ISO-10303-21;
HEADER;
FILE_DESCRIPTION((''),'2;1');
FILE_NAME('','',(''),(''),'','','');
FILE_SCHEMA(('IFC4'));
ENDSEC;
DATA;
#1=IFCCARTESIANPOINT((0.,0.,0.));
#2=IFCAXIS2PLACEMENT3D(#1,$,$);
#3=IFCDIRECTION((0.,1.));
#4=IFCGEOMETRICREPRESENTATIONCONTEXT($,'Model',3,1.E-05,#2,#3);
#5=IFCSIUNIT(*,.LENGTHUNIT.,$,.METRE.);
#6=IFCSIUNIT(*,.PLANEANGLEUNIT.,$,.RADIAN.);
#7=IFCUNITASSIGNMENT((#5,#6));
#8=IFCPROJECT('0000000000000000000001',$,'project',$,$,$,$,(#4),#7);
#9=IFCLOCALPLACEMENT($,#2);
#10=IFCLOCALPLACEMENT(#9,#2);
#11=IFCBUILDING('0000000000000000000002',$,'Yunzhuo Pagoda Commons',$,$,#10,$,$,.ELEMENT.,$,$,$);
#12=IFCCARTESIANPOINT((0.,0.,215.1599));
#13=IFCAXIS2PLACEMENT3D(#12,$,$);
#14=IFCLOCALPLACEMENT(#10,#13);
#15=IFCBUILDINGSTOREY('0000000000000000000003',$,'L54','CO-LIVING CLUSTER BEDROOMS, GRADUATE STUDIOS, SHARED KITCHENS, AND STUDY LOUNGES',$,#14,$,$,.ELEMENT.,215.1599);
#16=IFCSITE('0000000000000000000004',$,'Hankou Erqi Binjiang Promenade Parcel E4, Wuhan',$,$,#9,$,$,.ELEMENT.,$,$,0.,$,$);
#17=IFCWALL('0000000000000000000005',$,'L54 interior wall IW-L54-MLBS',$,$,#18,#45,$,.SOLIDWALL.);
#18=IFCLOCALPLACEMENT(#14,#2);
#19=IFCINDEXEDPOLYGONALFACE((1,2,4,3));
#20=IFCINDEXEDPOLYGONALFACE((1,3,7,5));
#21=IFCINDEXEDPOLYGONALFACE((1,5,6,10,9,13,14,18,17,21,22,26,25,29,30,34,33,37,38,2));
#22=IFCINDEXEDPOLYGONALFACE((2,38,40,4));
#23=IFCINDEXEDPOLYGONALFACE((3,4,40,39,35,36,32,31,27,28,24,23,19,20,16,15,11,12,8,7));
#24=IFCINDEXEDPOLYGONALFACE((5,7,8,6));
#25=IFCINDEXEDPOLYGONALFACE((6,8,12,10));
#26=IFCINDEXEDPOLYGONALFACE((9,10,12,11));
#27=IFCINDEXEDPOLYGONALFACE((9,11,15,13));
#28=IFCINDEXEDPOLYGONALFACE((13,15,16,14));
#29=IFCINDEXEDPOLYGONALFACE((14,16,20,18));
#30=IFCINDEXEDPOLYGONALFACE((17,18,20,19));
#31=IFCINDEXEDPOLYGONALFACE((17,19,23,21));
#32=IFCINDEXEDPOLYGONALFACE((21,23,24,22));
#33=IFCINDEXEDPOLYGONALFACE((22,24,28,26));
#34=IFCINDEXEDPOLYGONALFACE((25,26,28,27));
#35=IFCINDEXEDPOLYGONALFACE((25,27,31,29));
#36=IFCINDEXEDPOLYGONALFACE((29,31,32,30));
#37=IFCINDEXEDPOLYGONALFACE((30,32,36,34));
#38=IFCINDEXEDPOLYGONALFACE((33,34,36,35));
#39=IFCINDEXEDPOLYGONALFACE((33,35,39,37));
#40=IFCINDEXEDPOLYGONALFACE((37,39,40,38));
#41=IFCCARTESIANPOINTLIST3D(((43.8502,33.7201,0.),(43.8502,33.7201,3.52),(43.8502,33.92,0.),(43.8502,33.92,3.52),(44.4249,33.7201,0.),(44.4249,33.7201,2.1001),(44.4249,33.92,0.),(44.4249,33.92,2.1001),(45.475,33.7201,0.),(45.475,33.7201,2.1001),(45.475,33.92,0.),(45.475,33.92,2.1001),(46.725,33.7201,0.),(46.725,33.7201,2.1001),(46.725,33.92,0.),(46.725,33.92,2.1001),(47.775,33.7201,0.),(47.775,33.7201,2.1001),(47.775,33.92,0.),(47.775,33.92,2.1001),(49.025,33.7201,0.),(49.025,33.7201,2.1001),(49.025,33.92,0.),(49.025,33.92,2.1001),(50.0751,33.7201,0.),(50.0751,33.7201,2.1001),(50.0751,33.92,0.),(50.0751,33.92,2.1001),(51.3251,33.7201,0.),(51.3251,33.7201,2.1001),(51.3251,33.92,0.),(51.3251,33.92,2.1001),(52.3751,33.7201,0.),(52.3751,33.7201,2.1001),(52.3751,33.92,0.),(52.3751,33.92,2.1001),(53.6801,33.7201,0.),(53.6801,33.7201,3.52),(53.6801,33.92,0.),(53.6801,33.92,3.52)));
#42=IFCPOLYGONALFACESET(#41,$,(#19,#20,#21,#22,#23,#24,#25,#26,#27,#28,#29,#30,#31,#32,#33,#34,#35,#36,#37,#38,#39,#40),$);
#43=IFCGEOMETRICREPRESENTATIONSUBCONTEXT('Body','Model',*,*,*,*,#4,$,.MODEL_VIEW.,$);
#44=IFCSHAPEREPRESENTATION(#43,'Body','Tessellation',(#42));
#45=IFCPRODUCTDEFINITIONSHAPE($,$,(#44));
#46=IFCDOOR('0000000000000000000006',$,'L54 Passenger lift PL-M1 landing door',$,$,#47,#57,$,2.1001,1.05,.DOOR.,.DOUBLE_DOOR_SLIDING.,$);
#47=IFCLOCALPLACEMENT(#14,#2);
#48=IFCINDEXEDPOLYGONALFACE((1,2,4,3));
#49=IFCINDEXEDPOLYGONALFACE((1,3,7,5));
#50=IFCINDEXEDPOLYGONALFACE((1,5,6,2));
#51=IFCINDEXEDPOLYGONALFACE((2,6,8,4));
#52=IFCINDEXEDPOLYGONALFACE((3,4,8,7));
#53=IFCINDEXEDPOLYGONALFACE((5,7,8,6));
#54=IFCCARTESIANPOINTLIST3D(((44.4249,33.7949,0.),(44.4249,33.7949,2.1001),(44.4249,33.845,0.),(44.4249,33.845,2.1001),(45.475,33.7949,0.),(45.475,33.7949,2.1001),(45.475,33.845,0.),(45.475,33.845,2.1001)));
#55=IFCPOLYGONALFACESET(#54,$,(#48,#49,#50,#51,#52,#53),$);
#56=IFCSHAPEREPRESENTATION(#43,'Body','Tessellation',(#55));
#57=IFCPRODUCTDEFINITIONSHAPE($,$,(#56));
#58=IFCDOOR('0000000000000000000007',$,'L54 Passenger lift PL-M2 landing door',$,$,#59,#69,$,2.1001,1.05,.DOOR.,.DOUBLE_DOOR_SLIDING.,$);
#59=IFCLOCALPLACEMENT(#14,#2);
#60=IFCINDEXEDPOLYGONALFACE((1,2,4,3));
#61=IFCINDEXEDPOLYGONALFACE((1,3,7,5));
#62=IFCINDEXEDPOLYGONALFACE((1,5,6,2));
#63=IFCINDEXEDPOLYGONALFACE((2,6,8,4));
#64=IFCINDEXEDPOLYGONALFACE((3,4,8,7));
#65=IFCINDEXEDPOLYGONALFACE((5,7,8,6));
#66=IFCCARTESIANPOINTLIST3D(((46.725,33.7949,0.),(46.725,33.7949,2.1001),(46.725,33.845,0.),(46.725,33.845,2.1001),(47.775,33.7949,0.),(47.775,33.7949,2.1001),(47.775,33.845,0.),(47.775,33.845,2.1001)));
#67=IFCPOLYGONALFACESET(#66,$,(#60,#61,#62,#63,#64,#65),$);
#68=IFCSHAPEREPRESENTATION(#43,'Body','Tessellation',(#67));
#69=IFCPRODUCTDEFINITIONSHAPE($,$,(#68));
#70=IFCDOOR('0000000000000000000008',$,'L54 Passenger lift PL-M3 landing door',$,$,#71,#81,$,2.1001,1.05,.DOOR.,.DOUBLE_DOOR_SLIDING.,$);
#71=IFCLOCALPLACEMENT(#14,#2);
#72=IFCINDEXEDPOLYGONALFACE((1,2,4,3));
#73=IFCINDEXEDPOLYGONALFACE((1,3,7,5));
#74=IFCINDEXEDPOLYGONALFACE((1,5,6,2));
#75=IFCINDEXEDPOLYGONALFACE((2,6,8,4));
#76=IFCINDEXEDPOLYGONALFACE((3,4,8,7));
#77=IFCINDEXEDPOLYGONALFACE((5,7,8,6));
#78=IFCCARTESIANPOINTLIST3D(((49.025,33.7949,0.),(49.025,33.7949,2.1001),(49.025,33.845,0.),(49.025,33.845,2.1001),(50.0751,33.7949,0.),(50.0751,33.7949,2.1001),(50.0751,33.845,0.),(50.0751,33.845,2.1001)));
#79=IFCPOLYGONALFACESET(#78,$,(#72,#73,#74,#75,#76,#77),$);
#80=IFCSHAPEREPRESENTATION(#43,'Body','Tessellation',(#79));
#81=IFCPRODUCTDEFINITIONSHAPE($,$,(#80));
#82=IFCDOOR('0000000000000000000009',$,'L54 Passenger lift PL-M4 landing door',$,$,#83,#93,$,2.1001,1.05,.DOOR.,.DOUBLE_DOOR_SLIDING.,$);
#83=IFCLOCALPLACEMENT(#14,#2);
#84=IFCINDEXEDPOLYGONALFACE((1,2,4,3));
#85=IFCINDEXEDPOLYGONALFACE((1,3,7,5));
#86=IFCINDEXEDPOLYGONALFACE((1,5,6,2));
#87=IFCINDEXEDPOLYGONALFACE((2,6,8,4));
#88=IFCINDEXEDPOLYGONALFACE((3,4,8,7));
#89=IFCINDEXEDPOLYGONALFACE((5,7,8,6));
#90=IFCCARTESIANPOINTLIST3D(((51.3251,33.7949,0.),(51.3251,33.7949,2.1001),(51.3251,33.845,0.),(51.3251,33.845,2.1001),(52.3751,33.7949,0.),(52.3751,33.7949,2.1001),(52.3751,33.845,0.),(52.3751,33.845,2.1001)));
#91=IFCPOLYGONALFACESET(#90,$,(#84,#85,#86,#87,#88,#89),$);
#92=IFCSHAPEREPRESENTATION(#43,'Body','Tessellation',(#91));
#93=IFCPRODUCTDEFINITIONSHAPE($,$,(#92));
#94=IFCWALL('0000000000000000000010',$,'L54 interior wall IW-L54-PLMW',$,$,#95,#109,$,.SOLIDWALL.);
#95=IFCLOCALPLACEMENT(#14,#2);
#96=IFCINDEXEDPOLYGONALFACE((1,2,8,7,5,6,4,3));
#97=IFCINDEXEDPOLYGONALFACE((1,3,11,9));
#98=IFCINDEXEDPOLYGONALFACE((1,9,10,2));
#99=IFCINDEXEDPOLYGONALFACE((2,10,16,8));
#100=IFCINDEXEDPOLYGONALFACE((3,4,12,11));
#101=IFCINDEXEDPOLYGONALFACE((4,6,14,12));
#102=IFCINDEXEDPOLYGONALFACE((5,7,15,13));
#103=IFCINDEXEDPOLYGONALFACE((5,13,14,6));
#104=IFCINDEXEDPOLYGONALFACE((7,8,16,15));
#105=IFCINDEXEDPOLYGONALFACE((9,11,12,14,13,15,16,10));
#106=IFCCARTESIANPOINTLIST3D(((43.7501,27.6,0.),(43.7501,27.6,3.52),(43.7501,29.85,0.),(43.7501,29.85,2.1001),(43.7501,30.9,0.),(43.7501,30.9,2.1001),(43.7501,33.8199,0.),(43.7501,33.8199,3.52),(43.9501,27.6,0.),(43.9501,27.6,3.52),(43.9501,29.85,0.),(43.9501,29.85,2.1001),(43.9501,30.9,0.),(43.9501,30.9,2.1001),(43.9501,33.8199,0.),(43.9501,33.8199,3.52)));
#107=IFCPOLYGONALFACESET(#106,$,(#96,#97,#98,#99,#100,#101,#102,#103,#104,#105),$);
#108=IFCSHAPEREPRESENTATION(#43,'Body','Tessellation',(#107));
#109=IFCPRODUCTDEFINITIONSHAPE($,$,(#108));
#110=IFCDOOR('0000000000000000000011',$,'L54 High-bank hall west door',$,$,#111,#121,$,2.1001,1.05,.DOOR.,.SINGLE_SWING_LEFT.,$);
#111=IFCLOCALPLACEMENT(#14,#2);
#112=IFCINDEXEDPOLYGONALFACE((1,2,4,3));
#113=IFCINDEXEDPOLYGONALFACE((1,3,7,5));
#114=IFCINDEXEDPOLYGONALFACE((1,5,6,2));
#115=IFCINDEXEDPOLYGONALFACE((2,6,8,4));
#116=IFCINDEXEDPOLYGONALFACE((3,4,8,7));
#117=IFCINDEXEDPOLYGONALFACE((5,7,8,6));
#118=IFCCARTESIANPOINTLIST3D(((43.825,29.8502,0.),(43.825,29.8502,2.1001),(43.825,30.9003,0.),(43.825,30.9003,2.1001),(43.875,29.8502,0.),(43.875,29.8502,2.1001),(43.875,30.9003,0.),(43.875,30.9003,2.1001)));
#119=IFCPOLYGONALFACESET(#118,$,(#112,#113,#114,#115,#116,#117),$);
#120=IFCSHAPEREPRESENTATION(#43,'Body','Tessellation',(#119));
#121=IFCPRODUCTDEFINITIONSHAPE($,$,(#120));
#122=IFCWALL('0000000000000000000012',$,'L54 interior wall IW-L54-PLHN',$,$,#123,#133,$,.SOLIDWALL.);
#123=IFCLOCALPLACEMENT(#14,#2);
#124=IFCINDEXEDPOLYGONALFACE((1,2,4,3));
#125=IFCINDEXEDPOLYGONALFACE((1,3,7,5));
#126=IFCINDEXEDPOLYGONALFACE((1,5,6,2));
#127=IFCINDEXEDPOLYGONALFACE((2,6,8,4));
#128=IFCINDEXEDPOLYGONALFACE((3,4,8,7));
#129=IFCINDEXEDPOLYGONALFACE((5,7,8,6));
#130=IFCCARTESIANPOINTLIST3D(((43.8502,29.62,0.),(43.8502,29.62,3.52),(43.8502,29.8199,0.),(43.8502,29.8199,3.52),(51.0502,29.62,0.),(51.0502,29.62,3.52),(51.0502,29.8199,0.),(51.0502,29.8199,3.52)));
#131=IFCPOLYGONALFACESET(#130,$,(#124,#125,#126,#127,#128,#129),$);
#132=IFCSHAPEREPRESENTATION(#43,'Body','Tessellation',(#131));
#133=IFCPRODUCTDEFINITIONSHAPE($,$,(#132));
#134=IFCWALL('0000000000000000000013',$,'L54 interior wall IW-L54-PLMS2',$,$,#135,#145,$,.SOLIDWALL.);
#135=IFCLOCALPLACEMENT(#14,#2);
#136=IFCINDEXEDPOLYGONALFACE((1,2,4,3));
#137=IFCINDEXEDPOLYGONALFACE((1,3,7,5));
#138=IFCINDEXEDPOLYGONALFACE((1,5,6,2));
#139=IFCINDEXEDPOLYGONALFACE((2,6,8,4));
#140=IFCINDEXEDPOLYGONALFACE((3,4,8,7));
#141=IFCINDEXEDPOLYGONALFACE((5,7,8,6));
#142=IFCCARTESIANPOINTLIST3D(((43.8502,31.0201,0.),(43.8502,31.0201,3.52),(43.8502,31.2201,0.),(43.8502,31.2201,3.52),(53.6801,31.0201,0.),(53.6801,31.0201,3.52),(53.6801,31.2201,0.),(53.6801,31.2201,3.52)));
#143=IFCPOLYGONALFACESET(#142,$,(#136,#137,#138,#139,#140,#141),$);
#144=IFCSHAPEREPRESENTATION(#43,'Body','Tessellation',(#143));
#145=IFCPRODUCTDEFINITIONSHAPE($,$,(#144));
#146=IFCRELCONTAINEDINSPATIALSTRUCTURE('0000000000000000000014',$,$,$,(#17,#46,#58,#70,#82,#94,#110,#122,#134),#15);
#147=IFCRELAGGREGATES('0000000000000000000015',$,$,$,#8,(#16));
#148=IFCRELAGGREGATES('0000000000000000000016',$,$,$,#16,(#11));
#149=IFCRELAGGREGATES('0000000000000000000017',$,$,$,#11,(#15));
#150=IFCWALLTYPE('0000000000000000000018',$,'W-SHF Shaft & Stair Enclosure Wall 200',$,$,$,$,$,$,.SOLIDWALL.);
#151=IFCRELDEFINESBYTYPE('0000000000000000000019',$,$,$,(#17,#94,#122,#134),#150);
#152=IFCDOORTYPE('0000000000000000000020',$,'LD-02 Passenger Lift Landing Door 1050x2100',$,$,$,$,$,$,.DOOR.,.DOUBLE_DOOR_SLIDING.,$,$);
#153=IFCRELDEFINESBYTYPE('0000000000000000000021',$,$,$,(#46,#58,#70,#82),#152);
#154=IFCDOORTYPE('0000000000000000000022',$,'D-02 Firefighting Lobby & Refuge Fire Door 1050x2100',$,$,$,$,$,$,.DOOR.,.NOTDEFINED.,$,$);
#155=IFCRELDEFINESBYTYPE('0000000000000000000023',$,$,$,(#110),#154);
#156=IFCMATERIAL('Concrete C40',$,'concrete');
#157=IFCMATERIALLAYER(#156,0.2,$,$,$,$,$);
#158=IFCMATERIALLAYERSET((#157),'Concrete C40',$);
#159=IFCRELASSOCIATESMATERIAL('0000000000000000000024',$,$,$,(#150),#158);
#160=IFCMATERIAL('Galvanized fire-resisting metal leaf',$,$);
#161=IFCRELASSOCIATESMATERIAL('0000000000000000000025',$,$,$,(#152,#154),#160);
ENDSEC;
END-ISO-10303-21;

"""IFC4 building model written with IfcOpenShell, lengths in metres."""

from ifc_helpers import new_model, si_unit, direction, frame, frame_2d, origin, origin_with_axes, place, context, subcontext, project, spatial, rectangle, extrude, source, transform, mapped, material, layer, layer_set, type_object, element, fill, save


model = new_model("IFC4")

# Units and contexts
model_context = context("Model", 3, precision=1e-05, world=origin(), true_north=direction((0.0, 1.0)))
body_context = subcontext(model_context, "Body", "Model", "MODEL_VIEW")
ifc_project = project(units=[si_unit("LENGTHUNIT", "METRE"), si_unit("PLANEANGLEUNIT", "RADIAN")], contexts=[model_context])

# Site, building, storey
site_placement = place(None, origin())
site = spatial("IfcSite", under=ifc_project, at=site_placement, Name="Hankou Erqi Binjiang Promenade Parcel E4, Wuhan", CompositionType="ELEMENT", RefElevation=0.0)
building_placement = place(site_placement, origin())
building = spatial("IfcBuilding", under=site, at=building_placement, Name="Yunzhuo Pagoda Commons", CompositionType="ELEMENT")
storey_placement = place(building_placement, frame((0.0, 0.0, 215.1599)))
storey = spatial("IfcBuildingStorey", under=building, at=storey_placement, Name="L54", Description="CO-LIVING CLUSTER BEDROOMS, GRADUATE STUDIOS, SHARED KITCHENS, AND STUDY LOUNGES", CompositionType="ELEMENT", Elevation=215.1599)

# Shared definitions
ifc_material_1 = material(Name="Galvanized fire-resisting metal leaf")

# Shared definitions
ifc_material_2 = material(Name="Concrete C40", Category="concrete")
ifc_layer_1 = layer(ifc_material_2, 0.2)
ifc_layer_set_1 = layer_set([ifc_layer_1], Name="Concrete C40")
wall_type_1 = type_object("IfcWallType", Name="W-SHF Shaft & Stair Enclosure Wall 200", PredefinedType="SOLIDWALL", material=ifc_layer_set_1)
door_type_1 = type_object("IfcDoorType", Name="LD-02 Passenger Lift Landing Door 1050x2100", OperationType="DOUBLE_DOOR_SLIDING", PredefinedType="DOOR", material=ifc_material_1)
shared_shape_1 = source(origin(), body_context, "Body", "SweptSolid", [
    extrude(rectangle(XDim=1.05, YDim=2.1001, at=frame_2d((0.5249, 1.05))), frame((0.0, 0.0249, 0.0), z_axis=(0.0, -1.0, 0.0), x_axis=(1.0, 0.0, 0.0)), (0.0, 0.0, 1.0), 0.05),
])

# Wall, openings, doors
wall_1_placement = place(storey_placement, frame((43.8501, 33.8201, 0.0), z_axis=(0.0, 0.0, 1.0), x_axis=(1.0, 0.0, 0.0)))
wall_1 = element("IfcWall", 1, at=wall_1_placement, inside=storey, type_object=wall_type_1, Name="L54 interior wall IW-L54-MLBS", PredefinedType="SOLIDWALL", context=body_context, shape_type="SweptSolid", body=[
    extrude(rectangle(XDim=9.8298, YDim=0.2, at=frame_2d((4.915, 0.0))), origin(), (0.0, 0.0, 1.0), 3.52),
])
opening_1_placement = place(wall_1_placement, frame((0.575, 0.0, 0.0)))
opening_1 = element("IfcOpeningElement", 2, at=opening_1_placement, cuts=wall_1, PredefinedType="OPENING", context=body_context, shape_type="SweptSolid", body=[
    extrude(rectangle(XDim=1.05, YDim=2.1001, at=frame_2d((0.5249, 1.05))), frame((0.0, 0.1099, 0.0), z_axis=(0.0, -1.0, 0.0), x_axis=(1.0, 0.0, 0.0)), (0.0, 0.0, 1.0), 0.22),
])
opening_2_placement = place(wall_1_placement, frame((2.875, 0.0, 0.0)))
opening_2 = element("IfcOpeningElement", 3, at=opening_2_placement, cuts=wall_1, PredefinedType="OPENING", context=body_context, shape_type="SweptSolid", body=[
    extrude(rectangle(XDim=1.05, YDim=2.1001, at=frame_2d((0.5249, 1.05))), frame((0.0, 0.1099, 0.0), z_axis=(0.0, -1.0, 0.0), x_axis=(1.0, 0.0, 0.0)), (0.0, 0.0, 1.0), 0.22),
])
opening_3_placement = place(wall_1_placement, frame((5.175, 0.0, 0.0)))
opening_3 = element("IfcOpeningElement", 4, at=opening_3_placement, cuts=wall_1, PredefinedType="OPENING", context=body_context, shape_type="SweptSolid", body=[
    extrude(rectangle(XDim=1.05, YDim=2.1001, at=frame_2d((0.5249, 1.05))), frame((0.0, 0.1099, 0.0), z_axis=(0.0, -1.0, 0.0), x_axis=(1.0, 0.0, 0.0)), (0.0, 0.0, 1.0), 0.22),
])
opening_4_placement = place(wall_1_placement, frame((7.4751, 0.0, 0.0)))
opening_4 = element("IfcOpeningElement", 5, at=opening_4_placement, cuts=wall_1, PredefinedType="OPENING", context=body_context, shape_type="SweptSolid", body=[
    extrude(rectangle(XDim=1.05, YDim=2.1001, at=frame_2d((0.5249, 1.05))), frame((0.0, 0.1099, 0.0), z_axis=(0.0, -1.0, 0.0), x_axis=(1.0, 0.0, 0.0)), (0.0, 0.0, 1.0), 0.22),
])
door_1_placement = place(opening_1_placement, origin_with_axes())
door_1 = element("IfcDoor", 6, at=door_1_placement, inside=storey, type_object=door_type_1, Name="L54 Passenger lift PL-M1 landing door", OperationType="DOUBLE_DOOR_SLIDING", OverallHeight=2.1001, OverallWidth=1.05, PredefinedType="DOOR", context=body_context, shape_type="MappedRepresentation", body=[
    mapped(shared_shape_1, transform((0.0, 0.0, 0.0), scale=1.0)),
])
fill(opening_1, door_1)
door_2_placement = place(opening_2_placement, origin_with_axes())
door_2 = element("IfcDoor", 7, at=door_2_placement, inside=storey, type_object=door_type_1, Name="L54 Passenger lift PL-M2 landing door", OperationType="DOUBLE_DOOR_SLIDING", OverallHeight=2.1001, OverallWidth=1.05, PredefinedType="DOOR", context=body_context, shape_type="MappedRepresentation", body=[
    mapped(shared_shape_1, transform((0.0, 0.0, 0.0), scale=1.0)),
])
fill(opening_2, door_2)
door_3_placement = place(opening_3_placement, origin_with_axes())
door_3 = element("IfcDoor", 8, at=door_3_placement, inside=storey, type_object=door_type_1, Name="L54 Passenger lift PL-M3 landing door", OperationType="DOUBLE_DOOR_SLIDING", OverallHeight=2.1001, OverallWidth=1.05, PredefinedType="DOOR", context=body_context, shape_type="MappedRepresentation", body=[
    mapped(shared_shape_1, transform((0.0, 0.0, 0.0), scale=1.0)),
])
fill(opening_3, door_3)
door_4_placement = place(opening_4_placement, origin_with_axes())
door_4 = element("IfcDoor", 9, at=door_4_placement, inside=storey, type_object=door_type_1, Name="L54 Passenger lift PL-M4 landing door", OperationType="DOUBLE_DOOR_SLIDING", OverallHeight=2.1001, OverallWidth=1.05, PredefinedType="DOOR", context=body_context, shape_type="MappedRepresentation", body=[
    mapped(shared_shape_1, transform((0.0, 0.0, 0.0), scale=1.0)),
])
fill(opening_4, door_4)

# Wall, opening, door
wall_2_placement = place(storey_placement, frame((43.8501, 27.6001, 0.0), z_axis=(0.0, 0.0, 1.0), x_axis=(0.0, 1.0, 0.0)))
wall_2 = element("IfcWall", 10, at=wall_2_placement, inside=storey, type_object=wall_type_1, Name="L54 interior wall IW-L54-PLMW", PredefinedType="SOLIDWALL", context=body_context, shape_type="SweptSolid", body=[
    extrude(rectangle(XDim=6.22, YDim=0.2, at=frame_2d((3.1099, 0.0))), origin(), (0.0, 0.0, 1.0), 3.52),
])
opening_5_placement = place(wall_2_placement, frame((2.25, 0.0, 0.0)))
opening_5 = element("IfcOpeningElement", 11, at=opening_5_placement, cuts=wall_2, PredefinedType="OPENING", context=body_context, shape_type="SweptSolid", body=[
    extrude(rectangle(XDim=1.05, YDim=2.1001, at=frame_2d((0.5249, 1.05))), frame((0.0, 0.1099, 0.0), z_axis=(0.0, -1.0, 0.0), x_axis=(1.0, 0.0, 0.0)), (0.0, 0.0, 1.0), 0.22),
])
door_type_2 = type_object("IfcDoorType", Name="D-02 Firefighting Lobby & Refuge Fire Door 1050x2100", OperationType="NOTDEFINED", PredefinedType="DOOR", material=ifc_material_1)
door_5_placement = place(opening_5_placement, frame((1.05, 0.0, 0.0), z_axis=(0.0, 0.0, 1.0), x_axis=(-1.0, 0.0, 0.0)))
door_5 = element("IfcDoor", 12, at=door_5_placement, inside=storey, type_object=door_type_2, Name="L54 High-bank hall west door", OperationType="SINGLE_SWING_LEFT", OverallHeight=2.1001, OverallWidth=1.05, PredefinedType="DOOR", context=body_context, shape_type="MappedRepresentation", body=[
    mapped(shared_shape_1, transform((0.0, 0.0, 0.0), scale=1.0)),
])
fill(opening_5, door_5)

# Walls
wall_3_placement = place(storey_placement, frame((43.8501, 29.72, 0.0), z_axis=(0.0, 0.0, 1.0), x_axis=(1.0, 0.0, 0.0)))
element("IfcWall", 13, at=wall_3_placement, inside=storey, type_object=wall_type_1, Name="L54 interior wall IW-L54-PLHN", PredefinedType="SOLIDWALL", context=body_context, shape_type="SweptSolid", body=[
    extrude(rectangle(XDim=7.2, YDim=0.2, at=frame_2d((3.6001, 0.0))), origin(), (0.0, 0.0, 1.0), 3.52),
])
wall_4_placement = place(storey_placement, frame((43.8501, 31.1201, 0.0), z_axis=(0.0, 0.0, 1.0), x_axis=(1.0, 0.0, 0.0)))
element("IfcWall", 14, at=wall_4_placement, inside=storey, type_object=wall_type_1, Name="L54 interior wall IW-L54-PLMS2", PredefinedType="SOLIDWALL", context=body_context, shape_type="SweptSolid", body=[
    extrude(rectangle(XDim=9.8298, YDim=0.2, at=frame_2d((4.915, 0.0))), origin(), (0.0, 0.0, 1.0), 3.52),
])

save(model, "model.ifc")
